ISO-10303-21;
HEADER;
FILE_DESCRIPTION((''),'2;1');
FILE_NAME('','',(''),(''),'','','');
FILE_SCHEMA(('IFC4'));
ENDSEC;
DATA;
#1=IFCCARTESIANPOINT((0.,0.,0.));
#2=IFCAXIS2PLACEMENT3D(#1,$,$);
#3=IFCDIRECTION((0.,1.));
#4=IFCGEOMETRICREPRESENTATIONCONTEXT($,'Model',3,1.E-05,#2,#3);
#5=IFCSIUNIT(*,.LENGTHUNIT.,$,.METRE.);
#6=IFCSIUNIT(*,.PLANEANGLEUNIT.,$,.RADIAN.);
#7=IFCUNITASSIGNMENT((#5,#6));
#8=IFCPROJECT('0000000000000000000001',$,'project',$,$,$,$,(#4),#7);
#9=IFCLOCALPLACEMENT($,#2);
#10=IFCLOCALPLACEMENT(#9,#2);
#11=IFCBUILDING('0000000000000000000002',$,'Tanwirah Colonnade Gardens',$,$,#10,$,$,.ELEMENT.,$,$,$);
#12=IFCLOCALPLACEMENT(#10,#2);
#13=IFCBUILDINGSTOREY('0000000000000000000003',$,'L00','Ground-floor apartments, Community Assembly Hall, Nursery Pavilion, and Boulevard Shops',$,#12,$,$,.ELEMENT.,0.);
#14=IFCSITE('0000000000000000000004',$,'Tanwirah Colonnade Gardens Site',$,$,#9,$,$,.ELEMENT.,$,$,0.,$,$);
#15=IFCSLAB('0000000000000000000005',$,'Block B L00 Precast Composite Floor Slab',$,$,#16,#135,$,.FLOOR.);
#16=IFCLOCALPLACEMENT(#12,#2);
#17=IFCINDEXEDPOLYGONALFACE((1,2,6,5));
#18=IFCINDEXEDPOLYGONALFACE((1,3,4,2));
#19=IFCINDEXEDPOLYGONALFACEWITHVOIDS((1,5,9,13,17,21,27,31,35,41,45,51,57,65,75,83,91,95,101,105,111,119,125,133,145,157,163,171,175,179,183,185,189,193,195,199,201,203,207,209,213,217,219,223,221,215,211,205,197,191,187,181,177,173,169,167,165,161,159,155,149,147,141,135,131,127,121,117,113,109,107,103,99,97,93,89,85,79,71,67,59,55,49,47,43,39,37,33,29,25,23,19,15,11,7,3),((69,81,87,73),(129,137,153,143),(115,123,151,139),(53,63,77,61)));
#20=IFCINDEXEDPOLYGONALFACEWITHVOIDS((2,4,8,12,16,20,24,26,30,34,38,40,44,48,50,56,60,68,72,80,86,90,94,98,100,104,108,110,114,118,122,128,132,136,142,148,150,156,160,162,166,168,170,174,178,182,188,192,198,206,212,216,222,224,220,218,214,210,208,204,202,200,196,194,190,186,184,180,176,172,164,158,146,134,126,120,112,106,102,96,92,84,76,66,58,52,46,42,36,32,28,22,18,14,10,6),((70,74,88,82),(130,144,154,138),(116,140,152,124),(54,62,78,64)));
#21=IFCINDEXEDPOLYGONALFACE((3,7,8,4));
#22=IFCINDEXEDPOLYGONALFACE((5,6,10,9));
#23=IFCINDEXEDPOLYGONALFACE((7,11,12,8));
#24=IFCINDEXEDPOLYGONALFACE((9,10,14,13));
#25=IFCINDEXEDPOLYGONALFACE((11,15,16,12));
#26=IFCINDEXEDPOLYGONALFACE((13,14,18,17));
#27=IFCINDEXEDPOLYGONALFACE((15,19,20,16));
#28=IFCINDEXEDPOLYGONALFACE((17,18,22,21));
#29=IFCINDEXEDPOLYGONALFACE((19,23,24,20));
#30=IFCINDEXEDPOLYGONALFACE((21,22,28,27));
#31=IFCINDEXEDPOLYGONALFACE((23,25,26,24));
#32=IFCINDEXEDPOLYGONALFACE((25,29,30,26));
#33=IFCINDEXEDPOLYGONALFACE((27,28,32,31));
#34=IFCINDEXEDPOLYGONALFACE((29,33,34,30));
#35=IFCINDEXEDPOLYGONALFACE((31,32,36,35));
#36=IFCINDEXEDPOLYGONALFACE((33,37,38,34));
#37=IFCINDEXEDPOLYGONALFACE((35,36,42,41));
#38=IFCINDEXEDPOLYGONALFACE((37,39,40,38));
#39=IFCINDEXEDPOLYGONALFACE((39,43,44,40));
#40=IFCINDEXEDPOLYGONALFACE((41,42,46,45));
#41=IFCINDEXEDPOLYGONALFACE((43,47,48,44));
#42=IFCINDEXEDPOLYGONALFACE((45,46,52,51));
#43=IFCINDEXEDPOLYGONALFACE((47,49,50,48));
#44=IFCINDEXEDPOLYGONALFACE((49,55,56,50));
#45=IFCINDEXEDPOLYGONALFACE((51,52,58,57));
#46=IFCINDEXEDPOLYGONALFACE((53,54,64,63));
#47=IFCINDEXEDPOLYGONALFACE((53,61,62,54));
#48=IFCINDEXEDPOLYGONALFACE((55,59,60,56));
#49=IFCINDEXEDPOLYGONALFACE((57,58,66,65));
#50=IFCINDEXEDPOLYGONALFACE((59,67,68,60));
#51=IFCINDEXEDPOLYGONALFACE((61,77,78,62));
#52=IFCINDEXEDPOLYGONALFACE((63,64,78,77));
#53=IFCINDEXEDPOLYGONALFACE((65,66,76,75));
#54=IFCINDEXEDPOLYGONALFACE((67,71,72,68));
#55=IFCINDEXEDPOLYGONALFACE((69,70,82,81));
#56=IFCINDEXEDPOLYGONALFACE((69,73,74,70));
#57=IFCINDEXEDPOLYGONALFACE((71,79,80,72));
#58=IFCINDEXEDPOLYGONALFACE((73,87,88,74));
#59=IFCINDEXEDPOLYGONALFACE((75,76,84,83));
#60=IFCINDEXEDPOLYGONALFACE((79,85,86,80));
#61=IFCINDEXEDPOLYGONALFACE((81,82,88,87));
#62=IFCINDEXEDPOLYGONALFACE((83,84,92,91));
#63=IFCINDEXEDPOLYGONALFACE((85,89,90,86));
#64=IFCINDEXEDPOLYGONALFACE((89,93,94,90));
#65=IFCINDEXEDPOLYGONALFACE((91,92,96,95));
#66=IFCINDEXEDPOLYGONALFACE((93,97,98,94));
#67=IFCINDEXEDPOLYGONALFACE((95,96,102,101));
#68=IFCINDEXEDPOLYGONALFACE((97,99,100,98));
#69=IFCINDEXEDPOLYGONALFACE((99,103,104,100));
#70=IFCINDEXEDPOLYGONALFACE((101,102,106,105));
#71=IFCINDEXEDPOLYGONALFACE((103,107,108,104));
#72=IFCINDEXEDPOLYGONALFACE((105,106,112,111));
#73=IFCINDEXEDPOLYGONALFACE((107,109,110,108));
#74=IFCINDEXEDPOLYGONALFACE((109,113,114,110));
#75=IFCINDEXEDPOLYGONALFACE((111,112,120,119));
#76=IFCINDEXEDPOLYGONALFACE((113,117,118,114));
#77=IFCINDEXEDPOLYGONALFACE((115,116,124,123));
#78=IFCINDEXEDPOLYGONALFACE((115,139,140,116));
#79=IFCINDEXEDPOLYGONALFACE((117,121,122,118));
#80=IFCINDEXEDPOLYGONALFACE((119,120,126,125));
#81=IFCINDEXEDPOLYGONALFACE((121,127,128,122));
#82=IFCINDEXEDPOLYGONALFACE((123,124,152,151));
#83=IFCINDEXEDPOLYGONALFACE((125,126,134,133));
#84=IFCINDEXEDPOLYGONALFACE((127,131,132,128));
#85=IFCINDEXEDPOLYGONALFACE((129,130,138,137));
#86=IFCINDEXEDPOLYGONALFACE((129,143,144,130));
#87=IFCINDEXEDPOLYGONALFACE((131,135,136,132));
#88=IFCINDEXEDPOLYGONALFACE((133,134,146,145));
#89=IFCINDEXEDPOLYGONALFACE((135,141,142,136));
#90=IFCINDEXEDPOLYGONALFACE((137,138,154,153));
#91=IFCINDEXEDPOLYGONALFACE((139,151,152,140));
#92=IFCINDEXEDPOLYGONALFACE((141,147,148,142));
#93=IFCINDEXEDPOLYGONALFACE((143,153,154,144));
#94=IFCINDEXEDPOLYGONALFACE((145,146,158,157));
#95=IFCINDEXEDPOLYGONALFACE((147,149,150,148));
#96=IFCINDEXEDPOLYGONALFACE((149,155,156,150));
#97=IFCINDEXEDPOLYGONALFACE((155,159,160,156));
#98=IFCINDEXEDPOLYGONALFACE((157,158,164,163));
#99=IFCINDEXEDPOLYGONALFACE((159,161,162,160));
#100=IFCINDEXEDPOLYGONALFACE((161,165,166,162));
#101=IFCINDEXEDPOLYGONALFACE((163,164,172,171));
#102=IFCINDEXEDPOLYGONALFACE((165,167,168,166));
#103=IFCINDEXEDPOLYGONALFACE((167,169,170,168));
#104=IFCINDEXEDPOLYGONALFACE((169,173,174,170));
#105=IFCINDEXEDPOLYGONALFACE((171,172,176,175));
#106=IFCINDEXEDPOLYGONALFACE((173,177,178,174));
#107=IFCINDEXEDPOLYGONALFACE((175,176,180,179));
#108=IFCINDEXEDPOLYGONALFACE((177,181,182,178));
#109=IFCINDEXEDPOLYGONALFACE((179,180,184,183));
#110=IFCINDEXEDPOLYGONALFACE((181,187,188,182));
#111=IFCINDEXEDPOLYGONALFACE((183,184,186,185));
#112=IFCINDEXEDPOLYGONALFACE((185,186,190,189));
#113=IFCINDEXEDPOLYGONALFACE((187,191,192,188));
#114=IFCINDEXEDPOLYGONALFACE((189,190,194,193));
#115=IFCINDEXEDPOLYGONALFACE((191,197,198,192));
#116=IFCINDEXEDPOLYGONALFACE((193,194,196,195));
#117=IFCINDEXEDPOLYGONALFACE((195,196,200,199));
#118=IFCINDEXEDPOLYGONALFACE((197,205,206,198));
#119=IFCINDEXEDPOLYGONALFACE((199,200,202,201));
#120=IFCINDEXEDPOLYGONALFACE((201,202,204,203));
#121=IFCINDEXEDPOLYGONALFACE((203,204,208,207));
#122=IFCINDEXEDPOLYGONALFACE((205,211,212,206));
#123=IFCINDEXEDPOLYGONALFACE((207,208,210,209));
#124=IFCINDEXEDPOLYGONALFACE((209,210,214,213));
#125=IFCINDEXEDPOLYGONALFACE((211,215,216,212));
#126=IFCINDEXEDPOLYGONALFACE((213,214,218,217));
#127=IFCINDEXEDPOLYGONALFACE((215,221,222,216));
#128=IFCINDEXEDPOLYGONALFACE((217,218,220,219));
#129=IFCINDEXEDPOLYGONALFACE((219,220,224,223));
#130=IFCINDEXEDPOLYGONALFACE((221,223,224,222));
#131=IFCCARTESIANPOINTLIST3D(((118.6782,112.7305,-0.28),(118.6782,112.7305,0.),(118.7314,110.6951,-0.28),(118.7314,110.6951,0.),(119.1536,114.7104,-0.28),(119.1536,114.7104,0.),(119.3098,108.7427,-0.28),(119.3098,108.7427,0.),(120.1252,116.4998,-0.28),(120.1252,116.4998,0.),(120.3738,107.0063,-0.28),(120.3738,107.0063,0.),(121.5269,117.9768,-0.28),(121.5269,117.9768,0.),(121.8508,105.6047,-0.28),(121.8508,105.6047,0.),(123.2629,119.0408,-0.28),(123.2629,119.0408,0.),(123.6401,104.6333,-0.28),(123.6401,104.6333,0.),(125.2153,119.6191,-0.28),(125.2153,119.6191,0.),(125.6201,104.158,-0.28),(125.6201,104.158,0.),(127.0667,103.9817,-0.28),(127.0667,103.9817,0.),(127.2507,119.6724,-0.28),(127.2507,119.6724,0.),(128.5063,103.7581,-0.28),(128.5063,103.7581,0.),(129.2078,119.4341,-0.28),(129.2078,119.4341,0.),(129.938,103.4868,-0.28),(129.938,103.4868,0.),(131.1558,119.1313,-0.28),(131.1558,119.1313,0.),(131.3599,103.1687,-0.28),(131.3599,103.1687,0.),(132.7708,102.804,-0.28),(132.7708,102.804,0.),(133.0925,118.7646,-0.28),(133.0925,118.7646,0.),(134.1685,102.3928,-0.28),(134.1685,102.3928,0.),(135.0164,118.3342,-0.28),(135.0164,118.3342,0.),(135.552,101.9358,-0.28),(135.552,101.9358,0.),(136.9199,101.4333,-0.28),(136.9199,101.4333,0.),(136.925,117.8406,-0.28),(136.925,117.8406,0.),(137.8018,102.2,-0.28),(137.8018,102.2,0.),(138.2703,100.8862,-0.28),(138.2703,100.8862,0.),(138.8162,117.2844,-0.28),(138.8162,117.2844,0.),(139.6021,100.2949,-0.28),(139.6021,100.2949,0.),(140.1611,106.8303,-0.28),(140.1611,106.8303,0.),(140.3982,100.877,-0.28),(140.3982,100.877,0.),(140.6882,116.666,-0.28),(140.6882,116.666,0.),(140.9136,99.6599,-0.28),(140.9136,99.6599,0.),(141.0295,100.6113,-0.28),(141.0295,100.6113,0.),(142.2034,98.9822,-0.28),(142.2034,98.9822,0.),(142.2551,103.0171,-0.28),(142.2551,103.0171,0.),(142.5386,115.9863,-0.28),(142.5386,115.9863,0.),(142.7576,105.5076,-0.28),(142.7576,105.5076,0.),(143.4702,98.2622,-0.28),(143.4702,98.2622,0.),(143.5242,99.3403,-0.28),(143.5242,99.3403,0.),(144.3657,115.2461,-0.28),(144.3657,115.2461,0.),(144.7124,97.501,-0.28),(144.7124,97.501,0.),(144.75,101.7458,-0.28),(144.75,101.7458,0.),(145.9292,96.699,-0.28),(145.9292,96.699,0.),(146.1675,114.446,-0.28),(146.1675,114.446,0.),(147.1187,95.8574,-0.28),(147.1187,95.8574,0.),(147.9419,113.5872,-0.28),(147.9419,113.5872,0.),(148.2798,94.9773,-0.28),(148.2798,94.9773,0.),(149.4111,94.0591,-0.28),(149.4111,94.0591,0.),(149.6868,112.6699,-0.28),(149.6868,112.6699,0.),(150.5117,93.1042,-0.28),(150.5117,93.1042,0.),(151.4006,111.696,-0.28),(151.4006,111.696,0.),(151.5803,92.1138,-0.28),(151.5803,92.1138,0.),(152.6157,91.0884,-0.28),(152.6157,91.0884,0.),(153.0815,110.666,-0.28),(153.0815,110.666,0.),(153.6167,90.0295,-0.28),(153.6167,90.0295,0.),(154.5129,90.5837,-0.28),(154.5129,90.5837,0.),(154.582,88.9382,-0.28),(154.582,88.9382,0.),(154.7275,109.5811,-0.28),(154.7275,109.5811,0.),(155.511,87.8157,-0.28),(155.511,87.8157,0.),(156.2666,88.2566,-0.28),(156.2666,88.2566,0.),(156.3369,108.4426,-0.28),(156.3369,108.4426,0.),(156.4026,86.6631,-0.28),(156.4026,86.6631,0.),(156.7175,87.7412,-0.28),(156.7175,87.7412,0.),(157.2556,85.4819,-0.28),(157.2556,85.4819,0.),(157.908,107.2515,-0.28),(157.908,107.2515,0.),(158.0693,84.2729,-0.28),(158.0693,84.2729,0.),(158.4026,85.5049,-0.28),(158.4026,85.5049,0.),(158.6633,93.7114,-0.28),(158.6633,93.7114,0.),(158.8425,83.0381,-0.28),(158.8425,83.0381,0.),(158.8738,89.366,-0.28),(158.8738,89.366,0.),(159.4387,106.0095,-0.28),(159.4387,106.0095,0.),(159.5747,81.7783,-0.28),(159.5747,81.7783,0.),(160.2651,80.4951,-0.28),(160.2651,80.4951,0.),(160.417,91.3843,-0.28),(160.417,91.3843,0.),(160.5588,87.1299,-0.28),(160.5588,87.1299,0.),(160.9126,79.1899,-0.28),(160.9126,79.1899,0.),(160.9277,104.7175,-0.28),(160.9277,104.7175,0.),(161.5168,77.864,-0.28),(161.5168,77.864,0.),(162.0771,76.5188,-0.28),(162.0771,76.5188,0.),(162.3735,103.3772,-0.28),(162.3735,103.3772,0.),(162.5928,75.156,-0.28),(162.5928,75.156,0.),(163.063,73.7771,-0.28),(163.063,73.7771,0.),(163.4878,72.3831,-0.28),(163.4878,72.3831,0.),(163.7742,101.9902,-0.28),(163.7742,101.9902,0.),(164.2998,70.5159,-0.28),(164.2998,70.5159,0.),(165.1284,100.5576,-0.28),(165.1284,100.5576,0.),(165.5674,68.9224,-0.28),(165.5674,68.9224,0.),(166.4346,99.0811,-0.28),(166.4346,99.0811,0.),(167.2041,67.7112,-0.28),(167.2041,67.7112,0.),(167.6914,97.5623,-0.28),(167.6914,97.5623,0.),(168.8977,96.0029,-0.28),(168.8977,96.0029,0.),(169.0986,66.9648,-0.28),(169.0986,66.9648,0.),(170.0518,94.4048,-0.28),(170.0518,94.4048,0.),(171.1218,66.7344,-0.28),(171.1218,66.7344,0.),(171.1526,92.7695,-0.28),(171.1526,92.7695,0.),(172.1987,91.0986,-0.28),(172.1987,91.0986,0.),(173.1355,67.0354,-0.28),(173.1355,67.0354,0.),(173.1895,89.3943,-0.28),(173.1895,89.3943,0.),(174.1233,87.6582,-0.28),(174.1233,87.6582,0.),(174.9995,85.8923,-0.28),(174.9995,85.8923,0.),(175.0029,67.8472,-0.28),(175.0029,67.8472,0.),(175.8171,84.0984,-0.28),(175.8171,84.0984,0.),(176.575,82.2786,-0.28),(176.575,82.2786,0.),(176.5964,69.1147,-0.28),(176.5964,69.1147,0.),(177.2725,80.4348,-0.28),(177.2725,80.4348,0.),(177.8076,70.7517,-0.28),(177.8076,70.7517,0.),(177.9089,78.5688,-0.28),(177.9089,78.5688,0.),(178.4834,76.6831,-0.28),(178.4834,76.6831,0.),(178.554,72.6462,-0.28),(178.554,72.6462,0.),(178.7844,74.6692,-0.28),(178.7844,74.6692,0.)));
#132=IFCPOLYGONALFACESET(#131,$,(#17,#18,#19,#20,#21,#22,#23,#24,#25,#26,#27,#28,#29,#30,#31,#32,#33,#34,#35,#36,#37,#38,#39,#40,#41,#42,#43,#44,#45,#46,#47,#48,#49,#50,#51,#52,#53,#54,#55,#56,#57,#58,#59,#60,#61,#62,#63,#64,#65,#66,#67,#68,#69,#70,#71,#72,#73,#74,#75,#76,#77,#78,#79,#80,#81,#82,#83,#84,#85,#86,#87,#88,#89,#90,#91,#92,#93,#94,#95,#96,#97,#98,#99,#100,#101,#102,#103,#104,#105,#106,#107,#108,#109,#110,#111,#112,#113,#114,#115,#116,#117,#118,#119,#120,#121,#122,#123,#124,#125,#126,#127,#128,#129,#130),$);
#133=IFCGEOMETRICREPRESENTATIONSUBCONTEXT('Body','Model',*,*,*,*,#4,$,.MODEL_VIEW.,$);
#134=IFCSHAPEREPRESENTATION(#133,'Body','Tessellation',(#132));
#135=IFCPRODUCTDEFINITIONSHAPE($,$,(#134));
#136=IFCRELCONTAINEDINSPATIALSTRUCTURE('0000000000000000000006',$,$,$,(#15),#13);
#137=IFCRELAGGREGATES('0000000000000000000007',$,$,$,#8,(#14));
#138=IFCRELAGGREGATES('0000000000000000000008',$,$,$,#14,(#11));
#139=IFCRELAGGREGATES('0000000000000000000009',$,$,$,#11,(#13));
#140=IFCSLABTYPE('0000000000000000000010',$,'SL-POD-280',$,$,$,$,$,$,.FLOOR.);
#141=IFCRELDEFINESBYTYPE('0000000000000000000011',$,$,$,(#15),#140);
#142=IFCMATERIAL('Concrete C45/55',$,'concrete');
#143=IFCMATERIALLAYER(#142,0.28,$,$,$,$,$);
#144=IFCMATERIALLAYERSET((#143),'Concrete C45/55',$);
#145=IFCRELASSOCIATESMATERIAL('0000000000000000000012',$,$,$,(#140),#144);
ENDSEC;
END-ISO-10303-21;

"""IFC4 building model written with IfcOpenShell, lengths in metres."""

from ifc_helpers import new_model, si_unit, direction, frame, origin, place, context, subcontext, project, spatial, polyline, outline, extrude, material, layer, layer_set, type_object, element, save


model = new_model("IFC4")

# Units and contexts
model_context = context("Model", 3, precision=1e-05, world=origin(), true_north=direction((0.0, 1.0)))
body_context = subcontext(model_context, "Body", "Model", "MODEL_VIEW")
ifc_project = project(units=[si_unit("LENGTHUNIT", "METRE"), si_unit("PLANEANGLEUNIT", "RADIAN")], contexts=[model_context])

# Site, building, storey
site_placement = place(None, origin())
site = spatial("IfcSite", under=ifc_project, at=site_placement, Name="Tanwirah Colonnade Gardens Site", CompositionType="ELEMENT", RefElevation=0.0)
building_placement = place(site_placement, origin())
building = spatial("IfcBuilding", under=site, at=building_placement, Name="Tanwirah Colonnade Gardens", CompositionType="ELEMENT")
storey_placement = place(building_placement, origin())
storey = spatial("IfcBuildingStorey", under=building, at=storey_placement, Name="L00", Description="Ground-floor apartments, Community Assembly Hall, Nursery Pavilion, and Boulevard Shops", CompositionType="ELEMENT", Elevation=0.0)

# Shared definitions
ifc_material_1 = material(Name="Concrete C45/55", Category="concrete")

# Slab
ifc_layer_1 = layer(ifc_material_1, 0.28)
ifc_layer_set_1 = layer_set([ifc_layer_1], Name="Concrete C45/55")
slab_type_1 = type_object("IfcSlabType", Name="SL-POD-280", PredefinedType="FLOOR", material=ifc_layer_set_1)
slab_1_placement = place(storey_placement, frame((0.0, 0.0, -0.28)))
element("IfcSlab", 1, at=slab_1_placement, inside=storey, type_object=slab_type_1, Name="Block B L00 Precast Composite Floor Slab", PredefinedType="FLOOR", context=body_context, shape_type="SweptSolid", body=[
    extrude(outline(polyline([(162.5928, 75.156), (163.063, 73.7771), (163.4878, 72.3831), (164.2998, 70.5159), (165.5674, 68.9224), (167.2041, 67.7112), (169.0986, 66.9648), (171.1218, 66.7344), (173.1355, 67.0354), (175.0029, 67.8472), (176.5964, 69.1147), (177.8076, 70.7517), (178.554, 72.6462), (178.7844, 74.6692), (178.4834, 76.6831), (177.9089, 78.5688), (177.2725, 80.4348), (176.575, 82.2786), (175.8171, 84.0984), (174.9995, 85.8923), (174.1233, 87.6582), (173.1895, 89.3943), (172.1987, 91.0986), (171.1526, 92.7695), (170.0518, 94.4048), (168.8977, 96.0029), (167.6914, 97.5623), (166.4346, 99.0811), (165.1284, 100.5576), (163.7742, 101.9902), (162.3735, 103.3772), (160.9277, 104.7175), (159.4387, 106.0095), (157.908, 107.2515), (156.3369, 108.4426), (154.7275, 109.5811), (153.0815, 110.666), (151.4006, 111.696), (149.6868, 112.6699), (147.9419, 113.5872), (146.1675, 114.446), (144.3657, 115.2461), (142.5386, 115.9863), (140.6882, 116.666), (138.8162, 117.2844), (136.925, 117.8406), (135.0164, 118.3342), (133.0925, 118.7646), (131.1558, 119.1313), (129.2078, 119.4341), (127.2507, 119.6724), (125.2153, 119.6191), (123.2629, 119.0408), (121.5269, 117.9768), (120.1252, 116.4998), (119.1536, 114.7104), (118.6782, 112.7305), (118.7314, 110.6951), (119.3098, 108.7427), (120.3738, 107.0063), (121.8508, 105.6047), (123.6401, 104.6333), (125.6201, 104.158), (127.0667, 103.9817), (128.5063, 103.7581), (129.938, 103.4868), (131.3599, 103.1687), (132.7708, 102.804), (134.1685, 102.3928), (135.552, 101.9358), (136.9199, 101.4333), (138.2703, 100.8862), (139.6021, 100.2949), (140.9136, 99.6599), (142.2034, 98.9822), (143.4702, 98.2622), (144.7124, 97.501), (145.9292, 96.699), (147.1187, 95.8574), (148.2798, 94.9773), (149.4111, 94.0591), (150.5117, 93.1042), (151.5803, 92.1138), (152.6157, 91.0884), (153.6167, 90.0295), (154.582, 88.9382), (155.511, 87.8157), (156.4026, 86.6631), (157.2556, 85.4819), (158.0693, 84.2729), (158.8425, 83.0381), (159.5747, 81.7783), (160.2651, 80.4951), (160.9126, 79.1899), (161.5168, 77.864), (162.0771, 76.5188), (162.5928, 75.156)]), holes=[polyline([(160.417, 91.3843), (156.2666, 88.2566), (154.5129, 90.5837), (158.6633, 93.7114), (160.417, 91.3843)]), polyline([(158.4026, 85.5049), (156.7175, 87.7412), (158.8738, 89.366), (160.5588, 87.1299), (158.4026, 85.5049)]), polyline([(137.8018, 102.2), (140.1611, 106.8303), (142.7576, 105.5076), (140.3982, 100.877), (137.8018, 102.2)]), polyline([(142.2551, 103.0171), (144.75, 101.7458), (143.5242, 99.3403), (141.0295, 100.6113), (142.2551, 103.0171)])]), origin(), (0.0, 0.0, 1.0), 0.28),
])

save(model, "model.ifc")
